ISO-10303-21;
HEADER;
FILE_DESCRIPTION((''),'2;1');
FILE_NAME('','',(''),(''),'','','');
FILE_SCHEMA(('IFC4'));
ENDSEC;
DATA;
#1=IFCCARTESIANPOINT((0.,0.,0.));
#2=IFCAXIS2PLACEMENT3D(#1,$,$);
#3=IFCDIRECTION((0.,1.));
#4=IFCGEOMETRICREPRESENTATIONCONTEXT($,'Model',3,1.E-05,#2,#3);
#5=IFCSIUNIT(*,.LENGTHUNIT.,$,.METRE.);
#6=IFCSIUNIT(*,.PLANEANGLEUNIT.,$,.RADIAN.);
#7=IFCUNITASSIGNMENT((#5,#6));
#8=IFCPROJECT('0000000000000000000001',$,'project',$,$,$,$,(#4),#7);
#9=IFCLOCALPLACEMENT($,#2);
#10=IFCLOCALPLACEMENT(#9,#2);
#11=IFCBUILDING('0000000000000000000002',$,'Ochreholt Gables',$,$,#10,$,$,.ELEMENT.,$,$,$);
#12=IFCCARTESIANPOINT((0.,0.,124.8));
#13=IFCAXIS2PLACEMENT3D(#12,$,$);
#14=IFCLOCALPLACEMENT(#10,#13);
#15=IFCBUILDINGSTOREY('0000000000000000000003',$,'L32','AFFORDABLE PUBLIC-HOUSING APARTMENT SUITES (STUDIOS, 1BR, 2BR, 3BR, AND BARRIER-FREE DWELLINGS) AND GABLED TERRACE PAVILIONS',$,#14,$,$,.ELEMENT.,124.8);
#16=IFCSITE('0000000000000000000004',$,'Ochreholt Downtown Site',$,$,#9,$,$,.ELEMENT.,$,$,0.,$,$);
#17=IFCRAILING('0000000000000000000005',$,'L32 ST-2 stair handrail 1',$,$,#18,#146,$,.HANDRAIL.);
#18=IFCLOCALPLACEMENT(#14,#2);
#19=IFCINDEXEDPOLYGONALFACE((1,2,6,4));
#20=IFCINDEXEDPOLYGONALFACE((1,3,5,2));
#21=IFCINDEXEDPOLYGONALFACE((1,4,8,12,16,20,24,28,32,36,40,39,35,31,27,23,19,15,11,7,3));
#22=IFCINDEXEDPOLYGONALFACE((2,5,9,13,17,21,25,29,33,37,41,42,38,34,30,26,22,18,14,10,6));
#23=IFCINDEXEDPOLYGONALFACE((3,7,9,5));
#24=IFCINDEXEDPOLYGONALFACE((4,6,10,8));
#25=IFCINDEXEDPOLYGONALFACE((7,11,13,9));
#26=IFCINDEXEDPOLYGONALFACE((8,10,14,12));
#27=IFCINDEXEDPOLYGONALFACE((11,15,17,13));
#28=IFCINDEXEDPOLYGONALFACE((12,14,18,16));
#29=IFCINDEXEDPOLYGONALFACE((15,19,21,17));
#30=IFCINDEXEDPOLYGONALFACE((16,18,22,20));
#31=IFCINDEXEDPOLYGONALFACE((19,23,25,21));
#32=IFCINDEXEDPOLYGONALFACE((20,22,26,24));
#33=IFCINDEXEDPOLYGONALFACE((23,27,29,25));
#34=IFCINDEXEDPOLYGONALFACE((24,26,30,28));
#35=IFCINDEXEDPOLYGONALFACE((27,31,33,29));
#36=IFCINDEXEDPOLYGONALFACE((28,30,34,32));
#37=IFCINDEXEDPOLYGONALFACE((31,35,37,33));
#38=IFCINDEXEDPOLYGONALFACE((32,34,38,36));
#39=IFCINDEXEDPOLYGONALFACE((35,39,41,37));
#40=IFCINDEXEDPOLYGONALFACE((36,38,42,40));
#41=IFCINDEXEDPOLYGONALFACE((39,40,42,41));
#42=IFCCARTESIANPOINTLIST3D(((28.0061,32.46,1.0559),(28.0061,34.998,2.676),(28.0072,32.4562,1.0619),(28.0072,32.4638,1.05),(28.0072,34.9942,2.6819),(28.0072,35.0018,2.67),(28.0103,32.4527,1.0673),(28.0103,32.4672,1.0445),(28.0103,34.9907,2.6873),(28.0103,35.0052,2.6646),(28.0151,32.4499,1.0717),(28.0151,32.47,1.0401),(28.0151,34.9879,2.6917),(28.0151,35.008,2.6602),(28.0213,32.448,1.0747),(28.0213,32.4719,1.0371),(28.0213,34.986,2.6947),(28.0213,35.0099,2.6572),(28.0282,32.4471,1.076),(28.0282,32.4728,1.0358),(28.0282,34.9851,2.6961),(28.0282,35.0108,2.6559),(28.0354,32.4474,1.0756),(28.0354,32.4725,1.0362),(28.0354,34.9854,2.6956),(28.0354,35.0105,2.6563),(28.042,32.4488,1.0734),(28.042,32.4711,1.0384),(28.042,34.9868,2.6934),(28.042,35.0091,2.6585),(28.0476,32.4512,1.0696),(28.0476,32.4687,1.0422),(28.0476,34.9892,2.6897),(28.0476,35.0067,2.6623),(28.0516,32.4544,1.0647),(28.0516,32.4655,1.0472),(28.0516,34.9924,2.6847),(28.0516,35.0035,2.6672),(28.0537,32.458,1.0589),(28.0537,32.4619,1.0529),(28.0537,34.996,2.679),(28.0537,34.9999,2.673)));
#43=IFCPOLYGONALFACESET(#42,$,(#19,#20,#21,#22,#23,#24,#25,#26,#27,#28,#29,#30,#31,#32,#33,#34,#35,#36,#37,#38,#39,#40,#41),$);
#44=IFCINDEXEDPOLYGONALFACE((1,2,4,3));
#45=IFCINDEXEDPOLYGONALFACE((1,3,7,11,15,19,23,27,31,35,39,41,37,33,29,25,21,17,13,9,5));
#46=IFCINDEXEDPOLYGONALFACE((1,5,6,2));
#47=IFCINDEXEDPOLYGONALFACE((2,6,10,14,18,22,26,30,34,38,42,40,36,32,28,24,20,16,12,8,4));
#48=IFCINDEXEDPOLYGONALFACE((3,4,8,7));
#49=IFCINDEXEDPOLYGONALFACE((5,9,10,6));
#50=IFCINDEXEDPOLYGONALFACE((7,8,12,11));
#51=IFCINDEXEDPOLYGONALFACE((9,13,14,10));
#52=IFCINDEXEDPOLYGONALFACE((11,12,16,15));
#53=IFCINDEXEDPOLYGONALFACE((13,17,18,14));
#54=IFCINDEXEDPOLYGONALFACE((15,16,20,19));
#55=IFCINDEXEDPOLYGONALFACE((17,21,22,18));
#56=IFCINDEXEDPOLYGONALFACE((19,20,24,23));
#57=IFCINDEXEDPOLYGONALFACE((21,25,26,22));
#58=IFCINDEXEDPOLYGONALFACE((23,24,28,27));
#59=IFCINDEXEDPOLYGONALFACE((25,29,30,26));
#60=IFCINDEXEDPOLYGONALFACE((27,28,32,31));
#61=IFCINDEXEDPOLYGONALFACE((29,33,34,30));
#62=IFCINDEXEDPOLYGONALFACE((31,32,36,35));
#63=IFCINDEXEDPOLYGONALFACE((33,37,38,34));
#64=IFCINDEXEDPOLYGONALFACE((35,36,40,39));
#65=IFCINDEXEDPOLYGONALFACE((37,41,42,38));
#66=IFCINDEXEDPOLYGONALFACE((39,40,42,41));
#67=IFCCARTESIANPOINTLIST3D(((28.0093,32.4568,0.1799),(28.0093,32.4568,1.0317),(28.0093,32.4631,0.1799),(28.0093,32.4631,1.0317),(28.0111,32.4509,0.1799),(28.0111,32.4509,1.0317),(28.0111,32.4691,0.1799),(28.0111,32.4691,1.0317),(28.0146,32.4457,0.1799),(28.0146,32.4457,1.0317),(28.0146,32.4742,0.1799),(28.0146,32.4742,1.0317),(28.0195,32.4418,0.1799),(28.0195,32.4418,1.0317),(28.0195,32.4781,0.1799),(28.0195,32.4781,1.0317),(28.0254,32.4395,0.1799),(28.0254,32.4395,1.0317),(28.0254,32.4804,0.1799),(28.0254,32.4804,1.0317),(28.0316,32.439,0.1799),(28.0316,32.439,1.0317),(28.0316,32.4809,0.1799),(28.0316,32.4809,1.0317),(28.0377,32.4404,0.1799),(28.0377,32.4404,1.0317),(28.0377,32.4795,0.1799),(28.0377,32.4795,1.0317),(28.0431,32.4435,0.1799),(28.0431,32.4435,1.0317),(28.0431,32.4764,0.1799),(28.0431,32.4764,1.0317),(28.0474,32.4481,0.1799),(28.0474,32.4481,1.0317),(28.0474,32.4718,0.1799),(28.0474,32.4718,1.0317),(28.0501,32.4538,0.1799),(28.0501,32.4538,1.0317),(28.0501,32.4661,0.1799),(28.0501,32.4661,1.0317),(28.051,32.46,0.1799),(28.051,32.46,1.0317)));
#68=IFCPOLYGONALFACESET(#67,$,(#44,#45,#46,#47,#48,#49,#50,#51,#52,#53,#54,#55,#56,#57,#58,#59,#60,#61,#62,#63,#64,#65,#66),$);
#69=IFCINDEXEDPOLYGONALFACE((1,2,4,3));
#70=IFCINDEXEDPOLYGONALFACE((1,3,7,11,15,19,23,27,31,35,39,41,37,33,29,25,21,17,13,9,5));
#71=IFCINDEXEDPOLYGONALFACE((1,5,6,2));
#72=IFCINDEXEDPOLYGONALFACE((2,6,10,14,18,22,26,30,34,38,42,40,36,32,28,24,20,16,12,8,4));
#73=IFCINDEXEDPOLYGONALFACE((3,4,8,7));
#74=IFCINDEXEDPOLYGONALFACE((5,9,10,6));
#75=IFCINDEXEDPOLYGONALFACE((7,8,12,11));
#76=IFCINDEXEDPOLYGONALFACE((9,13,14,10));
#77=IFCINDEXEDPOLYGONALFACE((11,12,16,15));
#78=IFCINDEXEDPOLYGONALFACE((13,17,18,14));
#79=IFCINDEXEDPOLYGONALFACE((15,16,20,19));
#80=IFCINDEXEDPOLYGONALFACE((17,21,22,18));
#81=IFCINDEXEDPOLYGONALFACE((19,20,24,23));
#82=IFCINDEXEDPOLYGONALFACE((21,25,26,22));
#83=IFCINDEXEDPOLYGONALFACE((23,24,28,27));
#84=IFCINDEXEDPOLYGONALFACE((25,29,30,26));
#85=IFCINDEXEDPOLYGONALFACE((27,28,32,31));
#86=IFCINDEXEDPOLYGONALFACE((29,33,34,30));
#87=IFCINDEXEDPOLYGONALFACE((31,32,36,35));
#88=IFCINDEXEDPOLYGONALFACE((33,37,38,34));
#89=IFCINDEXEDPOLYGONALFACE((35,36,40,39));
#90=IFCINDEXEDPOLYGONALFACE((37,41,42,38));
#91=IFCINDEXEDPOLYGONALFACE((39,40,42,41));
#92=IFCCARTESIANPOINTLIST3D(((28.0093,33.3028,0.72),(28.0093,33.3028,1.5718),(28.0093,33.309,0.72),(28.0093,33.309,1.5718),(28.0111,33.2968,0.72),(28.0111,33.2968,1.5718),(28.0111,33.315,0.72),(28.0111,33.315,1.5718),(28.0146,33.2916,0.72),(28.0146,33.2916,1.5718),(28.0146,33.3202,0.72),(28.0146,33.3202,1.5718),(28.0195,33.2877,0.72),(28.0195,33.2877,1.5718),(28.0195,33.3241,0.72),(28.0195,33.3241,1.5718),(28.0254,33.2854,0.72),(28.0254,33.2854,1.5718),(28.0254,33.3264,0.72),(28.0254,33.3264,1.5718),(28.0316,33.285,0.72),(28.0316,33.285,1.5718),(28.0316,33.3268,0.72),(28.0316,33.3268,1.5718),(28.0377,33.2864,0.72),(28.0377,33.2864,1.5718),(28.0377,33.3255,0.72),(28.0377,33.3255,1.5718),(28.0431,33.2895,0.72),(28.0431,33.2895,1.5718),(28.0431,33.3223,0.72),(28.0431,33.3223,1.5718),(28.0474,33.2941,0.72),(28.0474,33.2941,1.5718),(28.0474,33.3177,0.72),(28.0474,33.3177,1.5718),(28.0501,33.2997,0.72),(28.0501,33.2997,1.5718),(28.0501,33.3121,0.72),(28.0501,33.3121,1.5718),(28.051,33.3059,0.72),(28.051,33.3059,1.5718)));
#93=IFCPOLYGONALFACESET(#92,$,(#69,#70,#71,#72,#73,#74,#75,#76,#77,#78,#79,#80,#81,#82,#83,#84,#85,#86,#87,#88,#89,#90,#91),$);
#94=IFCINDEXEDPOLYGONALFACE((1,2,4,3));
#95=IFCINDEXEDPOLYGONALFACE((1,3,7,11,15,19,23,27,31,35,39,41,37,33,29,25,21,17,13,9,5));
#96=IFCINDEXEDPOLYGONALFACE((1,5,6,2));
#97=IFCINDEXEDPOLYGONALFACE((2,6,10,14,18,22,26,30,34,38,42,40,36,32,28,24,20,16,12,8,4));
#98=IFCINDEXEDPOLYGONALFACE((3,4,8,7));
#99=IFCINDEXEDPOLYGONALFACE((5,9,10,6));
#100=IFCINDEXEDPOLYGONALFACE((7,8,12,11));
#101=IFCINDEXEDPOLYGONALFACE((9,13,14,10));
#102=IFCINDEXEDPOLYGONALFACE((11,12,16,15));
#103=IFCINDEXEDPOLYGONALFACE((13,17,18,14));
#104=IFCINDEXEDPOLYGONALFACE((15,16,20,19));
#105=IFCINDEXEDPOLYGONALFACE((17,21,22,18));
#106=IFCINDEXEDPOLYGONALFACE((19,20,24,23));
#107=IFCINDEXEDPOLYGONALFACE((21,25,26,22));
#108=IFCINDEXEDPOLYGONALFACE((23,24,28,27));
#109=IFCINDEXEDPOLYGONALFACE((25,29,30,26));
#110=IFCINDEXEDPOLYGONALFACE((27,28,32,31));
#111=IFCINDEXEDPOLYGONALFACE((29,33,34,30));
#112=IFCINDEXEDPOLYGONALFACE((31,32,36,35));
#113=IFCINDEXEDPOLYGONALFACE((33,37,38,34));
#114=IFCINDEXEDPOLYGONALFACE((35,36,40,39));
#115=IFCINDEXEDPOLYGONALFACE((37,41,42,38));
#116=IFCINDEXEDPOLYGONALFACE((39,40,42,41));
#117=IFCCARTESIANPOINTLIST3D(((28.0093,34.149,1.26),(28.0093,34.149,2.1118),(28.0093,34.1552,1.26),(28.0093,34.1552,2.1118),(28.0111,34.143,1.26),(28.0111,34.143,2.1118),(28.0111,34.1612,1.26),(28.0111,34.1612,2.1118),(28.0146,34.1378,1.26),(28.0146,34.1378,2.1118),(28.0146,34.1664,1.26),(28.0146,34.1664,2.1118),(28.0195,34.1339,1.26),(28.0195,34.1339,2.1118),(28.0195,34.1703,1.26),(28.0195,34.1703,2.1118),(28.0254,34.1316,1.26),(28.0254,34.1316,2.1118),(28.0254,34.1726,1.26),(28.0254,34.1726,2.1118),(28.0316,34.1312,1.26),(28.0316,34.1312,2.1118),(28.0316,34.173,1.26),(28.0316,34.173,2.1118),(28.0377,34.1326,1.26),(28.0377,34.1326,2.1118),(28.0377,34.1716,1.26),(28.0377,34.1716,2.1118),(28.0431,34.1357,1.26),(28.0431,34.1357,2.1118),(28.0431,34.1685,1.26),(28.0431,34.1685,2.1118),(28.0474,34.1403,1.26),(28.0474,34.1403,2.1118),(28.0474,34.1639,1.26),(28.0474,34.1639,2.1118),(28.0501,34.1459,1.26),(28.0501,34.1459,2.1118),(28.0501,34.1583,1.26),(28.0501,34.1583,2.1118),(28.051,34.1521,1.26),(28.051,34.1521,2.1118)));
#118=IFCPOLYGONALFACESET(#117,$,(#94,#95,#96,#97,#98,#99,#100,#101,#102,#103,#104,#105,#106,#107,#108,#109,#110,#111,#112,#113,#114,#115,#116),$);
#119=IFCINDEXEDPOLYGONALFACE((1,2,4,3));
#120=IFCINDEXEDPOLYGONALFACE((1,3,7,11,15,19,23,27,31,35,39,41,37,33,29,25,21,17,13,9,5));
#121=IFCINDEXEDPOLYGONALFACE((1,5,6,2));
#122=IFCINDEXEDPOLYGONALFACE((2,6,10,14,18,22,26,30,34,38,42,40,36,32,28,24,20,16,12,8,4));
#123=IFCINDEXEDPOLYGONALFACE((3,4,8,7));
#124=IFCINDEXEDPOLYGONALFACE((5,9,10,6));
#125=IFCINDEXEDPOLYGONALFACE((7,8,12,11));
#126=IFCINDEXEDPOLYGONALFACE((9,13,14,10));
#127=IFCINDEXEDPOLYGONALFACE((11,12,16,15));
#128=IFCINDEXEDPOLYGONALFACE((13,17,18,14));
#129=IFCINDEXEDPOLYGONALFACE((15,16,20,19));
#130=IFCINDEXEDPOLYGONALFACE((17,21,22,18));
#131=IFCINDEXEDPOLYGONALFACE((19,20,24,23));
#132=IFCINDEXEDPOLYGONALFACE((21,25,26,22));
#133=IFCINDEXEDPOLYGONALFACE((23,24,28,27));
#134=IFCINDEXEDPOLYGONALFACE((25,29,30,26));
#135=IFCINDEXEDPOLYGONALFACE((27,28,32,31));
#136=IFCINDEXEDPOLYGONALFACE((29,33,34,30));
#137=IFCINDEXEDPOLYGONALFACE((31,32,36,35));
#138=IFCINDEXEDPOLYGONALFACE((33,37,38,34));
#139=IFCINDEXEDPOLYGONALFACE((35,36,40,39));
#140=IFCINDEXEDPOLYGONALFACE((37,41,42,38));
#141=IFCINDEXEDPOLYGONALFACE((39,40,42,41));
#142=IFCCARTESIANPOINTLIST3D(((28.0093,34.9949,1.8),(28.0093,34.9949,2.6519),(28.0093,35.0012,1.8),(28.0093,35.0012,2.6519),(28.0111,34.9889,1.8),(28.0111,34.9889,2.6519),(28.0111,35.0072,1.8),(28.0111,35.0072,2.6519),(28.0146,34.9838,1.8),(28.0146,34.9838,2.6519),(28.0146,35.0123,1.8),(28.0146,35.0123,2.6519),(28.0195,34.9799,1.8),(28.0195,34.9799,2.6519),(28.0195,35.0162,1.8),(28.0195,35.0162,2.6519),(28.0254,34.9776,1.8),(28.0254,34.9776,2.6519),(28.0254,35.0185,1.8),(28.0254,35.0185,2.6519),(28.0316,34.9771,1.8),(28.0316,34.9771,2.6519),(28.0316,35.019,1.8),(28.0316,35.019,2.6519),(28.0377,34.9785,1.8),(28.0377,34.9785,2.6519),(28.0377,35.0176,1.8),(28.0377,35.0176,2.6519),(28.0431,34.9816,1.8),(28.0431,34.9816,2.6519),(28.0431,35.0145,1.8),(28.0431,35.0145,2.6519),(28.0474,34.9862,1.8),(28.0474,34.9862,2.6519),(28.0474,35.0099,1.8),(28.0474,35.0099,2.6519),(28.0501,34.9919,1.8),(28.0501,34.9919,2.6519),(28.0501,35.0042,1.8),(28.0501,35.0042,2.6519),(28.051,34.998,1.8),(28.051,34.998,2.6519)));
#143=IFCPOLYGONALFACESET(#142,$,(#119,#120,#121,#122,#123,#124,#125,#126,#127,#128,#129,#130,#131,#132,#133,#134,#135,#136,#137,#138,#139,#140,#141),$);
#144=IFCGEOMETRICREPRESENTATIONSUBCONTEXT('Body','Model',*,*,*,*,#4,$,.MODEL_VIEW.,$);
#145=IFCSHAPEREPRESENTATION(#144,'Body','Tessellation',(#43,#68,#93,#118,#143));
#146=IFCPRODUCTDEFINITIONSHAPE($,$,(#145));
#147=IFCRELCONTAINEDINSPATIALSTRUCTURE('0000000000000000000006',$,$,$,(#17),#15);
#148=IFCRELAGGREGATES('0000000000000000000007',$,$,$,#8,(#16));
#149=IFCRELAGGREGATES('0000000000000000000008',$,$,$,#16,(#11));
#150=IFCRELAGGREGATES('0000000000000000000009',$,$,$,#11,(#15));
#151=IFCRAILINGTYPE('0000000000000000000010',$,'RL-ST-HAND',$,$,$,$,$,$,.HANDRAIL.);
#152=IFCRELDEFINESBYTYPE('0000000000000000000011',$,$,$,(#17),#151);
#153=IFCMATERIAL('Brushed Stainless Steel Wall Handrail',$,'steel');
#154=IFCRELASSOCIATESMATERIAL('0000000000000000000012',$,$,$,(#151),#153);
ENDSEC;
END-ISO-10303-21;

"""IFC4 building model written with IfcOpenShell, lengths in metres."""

from ifc_helpers import new_model, si_unit, direction, frame, origin, origin_2d, place, context, subcontext, project, spatial, circle, extrude, material, type_object, element, save


model = new_model("IFC4")

# Units and contexts
model_context = context("Model", 3, precision=1e-05, world=origin(), true_north=direction((0.0, 1.0)))
body_context = subcontext(model_context, "Body", "Model", "MODEL_VIEW")
ifc_project = project(units=[si_unit("LENGTHUNIT", "METRE"), si_unit("PLANEANGLEUNIT", "RADIAN")], contexts=[model_context])

# Site, building, storey
site_placement = place(None, origin())
site = spatial("IfcSite", under=ifc_project, at=site_placement, Name="Ochreholt Downtown Site", CompositionType="ELEMENT", RefElevation=0.0)
building_placement = place(site_placement, origin())
building = spatial("IfcBuilding", under=site, at=building_placement, Name="Ochreholt Gables", CompositionType="ELEMENT")
storey_placement = place(building_placement, frame((0.0, 0.0, 124.8)))
storey = spatial("IfcBuildingStorey", under=building, at=storey_placement, Name="L32", Description="AFFORDABLE PUBLIC-HOUSING APARTMENT SUITES (STUDIOS, 1BR, 2BR, 3BR, AND BARRIER-FREE DWELLINGS) AND GABLED TERRACE PAVILIONS", CompositionType="ELEMENT", Elevation=124.8)

# Railing
ifc_material_1 = material(Name="Brushed Stainless Steel Wall Handrail", Category="steel")
railing_type = type_object("IfcRailingType", Name="RL-ST-HAND", PredefinedType="HANDRAIL", material=ifc_material_1)
railing_placement = place(storey_placement, frame((28.03, 32.46, 0.1799)))
element("IfcRailing", 1, at=railing_placement, inside=storey, type_object=railing_type, Name="L32 ST-2 stair handrail 1", PredefinedType="HANDRAIL", context=body_context, shape_type="SweptSolid", body=[
    extrude(circle(Radius=0.0239, at=origin_2d()), frame((0.0, 0.0, 0.876), z_axis=(0.0, 0.842913, 0.53805), x_axis=(-1.0, 0.0, 0.0)), (0.0, 0.0, 1.0), 3.011),
    extrude(circle(Radius=0.021, at=origin_2d()), origin(), (0.0, 0.0, 1.0), 0.8518),
    extrude(circle(Radius=0.021, at=origin_2d()), frame((0.0, 0.8459, 0.54)), (0.0, 0.0, 1.0), 0.8518),
    extrude(circle(Radius=0.021, at=origin_2d()), frame((0.0, 1.6921, 1.0801)), (0.0, 0.0, 1.0), 0.8518),
    extrude(circle(Radius=0.021, at=origin_2d()), frame((0.0, 2.5381, 1.6201)), (0.0, 0.0, 1.0), 0.8518),
])

save(model, "model.ifc")
